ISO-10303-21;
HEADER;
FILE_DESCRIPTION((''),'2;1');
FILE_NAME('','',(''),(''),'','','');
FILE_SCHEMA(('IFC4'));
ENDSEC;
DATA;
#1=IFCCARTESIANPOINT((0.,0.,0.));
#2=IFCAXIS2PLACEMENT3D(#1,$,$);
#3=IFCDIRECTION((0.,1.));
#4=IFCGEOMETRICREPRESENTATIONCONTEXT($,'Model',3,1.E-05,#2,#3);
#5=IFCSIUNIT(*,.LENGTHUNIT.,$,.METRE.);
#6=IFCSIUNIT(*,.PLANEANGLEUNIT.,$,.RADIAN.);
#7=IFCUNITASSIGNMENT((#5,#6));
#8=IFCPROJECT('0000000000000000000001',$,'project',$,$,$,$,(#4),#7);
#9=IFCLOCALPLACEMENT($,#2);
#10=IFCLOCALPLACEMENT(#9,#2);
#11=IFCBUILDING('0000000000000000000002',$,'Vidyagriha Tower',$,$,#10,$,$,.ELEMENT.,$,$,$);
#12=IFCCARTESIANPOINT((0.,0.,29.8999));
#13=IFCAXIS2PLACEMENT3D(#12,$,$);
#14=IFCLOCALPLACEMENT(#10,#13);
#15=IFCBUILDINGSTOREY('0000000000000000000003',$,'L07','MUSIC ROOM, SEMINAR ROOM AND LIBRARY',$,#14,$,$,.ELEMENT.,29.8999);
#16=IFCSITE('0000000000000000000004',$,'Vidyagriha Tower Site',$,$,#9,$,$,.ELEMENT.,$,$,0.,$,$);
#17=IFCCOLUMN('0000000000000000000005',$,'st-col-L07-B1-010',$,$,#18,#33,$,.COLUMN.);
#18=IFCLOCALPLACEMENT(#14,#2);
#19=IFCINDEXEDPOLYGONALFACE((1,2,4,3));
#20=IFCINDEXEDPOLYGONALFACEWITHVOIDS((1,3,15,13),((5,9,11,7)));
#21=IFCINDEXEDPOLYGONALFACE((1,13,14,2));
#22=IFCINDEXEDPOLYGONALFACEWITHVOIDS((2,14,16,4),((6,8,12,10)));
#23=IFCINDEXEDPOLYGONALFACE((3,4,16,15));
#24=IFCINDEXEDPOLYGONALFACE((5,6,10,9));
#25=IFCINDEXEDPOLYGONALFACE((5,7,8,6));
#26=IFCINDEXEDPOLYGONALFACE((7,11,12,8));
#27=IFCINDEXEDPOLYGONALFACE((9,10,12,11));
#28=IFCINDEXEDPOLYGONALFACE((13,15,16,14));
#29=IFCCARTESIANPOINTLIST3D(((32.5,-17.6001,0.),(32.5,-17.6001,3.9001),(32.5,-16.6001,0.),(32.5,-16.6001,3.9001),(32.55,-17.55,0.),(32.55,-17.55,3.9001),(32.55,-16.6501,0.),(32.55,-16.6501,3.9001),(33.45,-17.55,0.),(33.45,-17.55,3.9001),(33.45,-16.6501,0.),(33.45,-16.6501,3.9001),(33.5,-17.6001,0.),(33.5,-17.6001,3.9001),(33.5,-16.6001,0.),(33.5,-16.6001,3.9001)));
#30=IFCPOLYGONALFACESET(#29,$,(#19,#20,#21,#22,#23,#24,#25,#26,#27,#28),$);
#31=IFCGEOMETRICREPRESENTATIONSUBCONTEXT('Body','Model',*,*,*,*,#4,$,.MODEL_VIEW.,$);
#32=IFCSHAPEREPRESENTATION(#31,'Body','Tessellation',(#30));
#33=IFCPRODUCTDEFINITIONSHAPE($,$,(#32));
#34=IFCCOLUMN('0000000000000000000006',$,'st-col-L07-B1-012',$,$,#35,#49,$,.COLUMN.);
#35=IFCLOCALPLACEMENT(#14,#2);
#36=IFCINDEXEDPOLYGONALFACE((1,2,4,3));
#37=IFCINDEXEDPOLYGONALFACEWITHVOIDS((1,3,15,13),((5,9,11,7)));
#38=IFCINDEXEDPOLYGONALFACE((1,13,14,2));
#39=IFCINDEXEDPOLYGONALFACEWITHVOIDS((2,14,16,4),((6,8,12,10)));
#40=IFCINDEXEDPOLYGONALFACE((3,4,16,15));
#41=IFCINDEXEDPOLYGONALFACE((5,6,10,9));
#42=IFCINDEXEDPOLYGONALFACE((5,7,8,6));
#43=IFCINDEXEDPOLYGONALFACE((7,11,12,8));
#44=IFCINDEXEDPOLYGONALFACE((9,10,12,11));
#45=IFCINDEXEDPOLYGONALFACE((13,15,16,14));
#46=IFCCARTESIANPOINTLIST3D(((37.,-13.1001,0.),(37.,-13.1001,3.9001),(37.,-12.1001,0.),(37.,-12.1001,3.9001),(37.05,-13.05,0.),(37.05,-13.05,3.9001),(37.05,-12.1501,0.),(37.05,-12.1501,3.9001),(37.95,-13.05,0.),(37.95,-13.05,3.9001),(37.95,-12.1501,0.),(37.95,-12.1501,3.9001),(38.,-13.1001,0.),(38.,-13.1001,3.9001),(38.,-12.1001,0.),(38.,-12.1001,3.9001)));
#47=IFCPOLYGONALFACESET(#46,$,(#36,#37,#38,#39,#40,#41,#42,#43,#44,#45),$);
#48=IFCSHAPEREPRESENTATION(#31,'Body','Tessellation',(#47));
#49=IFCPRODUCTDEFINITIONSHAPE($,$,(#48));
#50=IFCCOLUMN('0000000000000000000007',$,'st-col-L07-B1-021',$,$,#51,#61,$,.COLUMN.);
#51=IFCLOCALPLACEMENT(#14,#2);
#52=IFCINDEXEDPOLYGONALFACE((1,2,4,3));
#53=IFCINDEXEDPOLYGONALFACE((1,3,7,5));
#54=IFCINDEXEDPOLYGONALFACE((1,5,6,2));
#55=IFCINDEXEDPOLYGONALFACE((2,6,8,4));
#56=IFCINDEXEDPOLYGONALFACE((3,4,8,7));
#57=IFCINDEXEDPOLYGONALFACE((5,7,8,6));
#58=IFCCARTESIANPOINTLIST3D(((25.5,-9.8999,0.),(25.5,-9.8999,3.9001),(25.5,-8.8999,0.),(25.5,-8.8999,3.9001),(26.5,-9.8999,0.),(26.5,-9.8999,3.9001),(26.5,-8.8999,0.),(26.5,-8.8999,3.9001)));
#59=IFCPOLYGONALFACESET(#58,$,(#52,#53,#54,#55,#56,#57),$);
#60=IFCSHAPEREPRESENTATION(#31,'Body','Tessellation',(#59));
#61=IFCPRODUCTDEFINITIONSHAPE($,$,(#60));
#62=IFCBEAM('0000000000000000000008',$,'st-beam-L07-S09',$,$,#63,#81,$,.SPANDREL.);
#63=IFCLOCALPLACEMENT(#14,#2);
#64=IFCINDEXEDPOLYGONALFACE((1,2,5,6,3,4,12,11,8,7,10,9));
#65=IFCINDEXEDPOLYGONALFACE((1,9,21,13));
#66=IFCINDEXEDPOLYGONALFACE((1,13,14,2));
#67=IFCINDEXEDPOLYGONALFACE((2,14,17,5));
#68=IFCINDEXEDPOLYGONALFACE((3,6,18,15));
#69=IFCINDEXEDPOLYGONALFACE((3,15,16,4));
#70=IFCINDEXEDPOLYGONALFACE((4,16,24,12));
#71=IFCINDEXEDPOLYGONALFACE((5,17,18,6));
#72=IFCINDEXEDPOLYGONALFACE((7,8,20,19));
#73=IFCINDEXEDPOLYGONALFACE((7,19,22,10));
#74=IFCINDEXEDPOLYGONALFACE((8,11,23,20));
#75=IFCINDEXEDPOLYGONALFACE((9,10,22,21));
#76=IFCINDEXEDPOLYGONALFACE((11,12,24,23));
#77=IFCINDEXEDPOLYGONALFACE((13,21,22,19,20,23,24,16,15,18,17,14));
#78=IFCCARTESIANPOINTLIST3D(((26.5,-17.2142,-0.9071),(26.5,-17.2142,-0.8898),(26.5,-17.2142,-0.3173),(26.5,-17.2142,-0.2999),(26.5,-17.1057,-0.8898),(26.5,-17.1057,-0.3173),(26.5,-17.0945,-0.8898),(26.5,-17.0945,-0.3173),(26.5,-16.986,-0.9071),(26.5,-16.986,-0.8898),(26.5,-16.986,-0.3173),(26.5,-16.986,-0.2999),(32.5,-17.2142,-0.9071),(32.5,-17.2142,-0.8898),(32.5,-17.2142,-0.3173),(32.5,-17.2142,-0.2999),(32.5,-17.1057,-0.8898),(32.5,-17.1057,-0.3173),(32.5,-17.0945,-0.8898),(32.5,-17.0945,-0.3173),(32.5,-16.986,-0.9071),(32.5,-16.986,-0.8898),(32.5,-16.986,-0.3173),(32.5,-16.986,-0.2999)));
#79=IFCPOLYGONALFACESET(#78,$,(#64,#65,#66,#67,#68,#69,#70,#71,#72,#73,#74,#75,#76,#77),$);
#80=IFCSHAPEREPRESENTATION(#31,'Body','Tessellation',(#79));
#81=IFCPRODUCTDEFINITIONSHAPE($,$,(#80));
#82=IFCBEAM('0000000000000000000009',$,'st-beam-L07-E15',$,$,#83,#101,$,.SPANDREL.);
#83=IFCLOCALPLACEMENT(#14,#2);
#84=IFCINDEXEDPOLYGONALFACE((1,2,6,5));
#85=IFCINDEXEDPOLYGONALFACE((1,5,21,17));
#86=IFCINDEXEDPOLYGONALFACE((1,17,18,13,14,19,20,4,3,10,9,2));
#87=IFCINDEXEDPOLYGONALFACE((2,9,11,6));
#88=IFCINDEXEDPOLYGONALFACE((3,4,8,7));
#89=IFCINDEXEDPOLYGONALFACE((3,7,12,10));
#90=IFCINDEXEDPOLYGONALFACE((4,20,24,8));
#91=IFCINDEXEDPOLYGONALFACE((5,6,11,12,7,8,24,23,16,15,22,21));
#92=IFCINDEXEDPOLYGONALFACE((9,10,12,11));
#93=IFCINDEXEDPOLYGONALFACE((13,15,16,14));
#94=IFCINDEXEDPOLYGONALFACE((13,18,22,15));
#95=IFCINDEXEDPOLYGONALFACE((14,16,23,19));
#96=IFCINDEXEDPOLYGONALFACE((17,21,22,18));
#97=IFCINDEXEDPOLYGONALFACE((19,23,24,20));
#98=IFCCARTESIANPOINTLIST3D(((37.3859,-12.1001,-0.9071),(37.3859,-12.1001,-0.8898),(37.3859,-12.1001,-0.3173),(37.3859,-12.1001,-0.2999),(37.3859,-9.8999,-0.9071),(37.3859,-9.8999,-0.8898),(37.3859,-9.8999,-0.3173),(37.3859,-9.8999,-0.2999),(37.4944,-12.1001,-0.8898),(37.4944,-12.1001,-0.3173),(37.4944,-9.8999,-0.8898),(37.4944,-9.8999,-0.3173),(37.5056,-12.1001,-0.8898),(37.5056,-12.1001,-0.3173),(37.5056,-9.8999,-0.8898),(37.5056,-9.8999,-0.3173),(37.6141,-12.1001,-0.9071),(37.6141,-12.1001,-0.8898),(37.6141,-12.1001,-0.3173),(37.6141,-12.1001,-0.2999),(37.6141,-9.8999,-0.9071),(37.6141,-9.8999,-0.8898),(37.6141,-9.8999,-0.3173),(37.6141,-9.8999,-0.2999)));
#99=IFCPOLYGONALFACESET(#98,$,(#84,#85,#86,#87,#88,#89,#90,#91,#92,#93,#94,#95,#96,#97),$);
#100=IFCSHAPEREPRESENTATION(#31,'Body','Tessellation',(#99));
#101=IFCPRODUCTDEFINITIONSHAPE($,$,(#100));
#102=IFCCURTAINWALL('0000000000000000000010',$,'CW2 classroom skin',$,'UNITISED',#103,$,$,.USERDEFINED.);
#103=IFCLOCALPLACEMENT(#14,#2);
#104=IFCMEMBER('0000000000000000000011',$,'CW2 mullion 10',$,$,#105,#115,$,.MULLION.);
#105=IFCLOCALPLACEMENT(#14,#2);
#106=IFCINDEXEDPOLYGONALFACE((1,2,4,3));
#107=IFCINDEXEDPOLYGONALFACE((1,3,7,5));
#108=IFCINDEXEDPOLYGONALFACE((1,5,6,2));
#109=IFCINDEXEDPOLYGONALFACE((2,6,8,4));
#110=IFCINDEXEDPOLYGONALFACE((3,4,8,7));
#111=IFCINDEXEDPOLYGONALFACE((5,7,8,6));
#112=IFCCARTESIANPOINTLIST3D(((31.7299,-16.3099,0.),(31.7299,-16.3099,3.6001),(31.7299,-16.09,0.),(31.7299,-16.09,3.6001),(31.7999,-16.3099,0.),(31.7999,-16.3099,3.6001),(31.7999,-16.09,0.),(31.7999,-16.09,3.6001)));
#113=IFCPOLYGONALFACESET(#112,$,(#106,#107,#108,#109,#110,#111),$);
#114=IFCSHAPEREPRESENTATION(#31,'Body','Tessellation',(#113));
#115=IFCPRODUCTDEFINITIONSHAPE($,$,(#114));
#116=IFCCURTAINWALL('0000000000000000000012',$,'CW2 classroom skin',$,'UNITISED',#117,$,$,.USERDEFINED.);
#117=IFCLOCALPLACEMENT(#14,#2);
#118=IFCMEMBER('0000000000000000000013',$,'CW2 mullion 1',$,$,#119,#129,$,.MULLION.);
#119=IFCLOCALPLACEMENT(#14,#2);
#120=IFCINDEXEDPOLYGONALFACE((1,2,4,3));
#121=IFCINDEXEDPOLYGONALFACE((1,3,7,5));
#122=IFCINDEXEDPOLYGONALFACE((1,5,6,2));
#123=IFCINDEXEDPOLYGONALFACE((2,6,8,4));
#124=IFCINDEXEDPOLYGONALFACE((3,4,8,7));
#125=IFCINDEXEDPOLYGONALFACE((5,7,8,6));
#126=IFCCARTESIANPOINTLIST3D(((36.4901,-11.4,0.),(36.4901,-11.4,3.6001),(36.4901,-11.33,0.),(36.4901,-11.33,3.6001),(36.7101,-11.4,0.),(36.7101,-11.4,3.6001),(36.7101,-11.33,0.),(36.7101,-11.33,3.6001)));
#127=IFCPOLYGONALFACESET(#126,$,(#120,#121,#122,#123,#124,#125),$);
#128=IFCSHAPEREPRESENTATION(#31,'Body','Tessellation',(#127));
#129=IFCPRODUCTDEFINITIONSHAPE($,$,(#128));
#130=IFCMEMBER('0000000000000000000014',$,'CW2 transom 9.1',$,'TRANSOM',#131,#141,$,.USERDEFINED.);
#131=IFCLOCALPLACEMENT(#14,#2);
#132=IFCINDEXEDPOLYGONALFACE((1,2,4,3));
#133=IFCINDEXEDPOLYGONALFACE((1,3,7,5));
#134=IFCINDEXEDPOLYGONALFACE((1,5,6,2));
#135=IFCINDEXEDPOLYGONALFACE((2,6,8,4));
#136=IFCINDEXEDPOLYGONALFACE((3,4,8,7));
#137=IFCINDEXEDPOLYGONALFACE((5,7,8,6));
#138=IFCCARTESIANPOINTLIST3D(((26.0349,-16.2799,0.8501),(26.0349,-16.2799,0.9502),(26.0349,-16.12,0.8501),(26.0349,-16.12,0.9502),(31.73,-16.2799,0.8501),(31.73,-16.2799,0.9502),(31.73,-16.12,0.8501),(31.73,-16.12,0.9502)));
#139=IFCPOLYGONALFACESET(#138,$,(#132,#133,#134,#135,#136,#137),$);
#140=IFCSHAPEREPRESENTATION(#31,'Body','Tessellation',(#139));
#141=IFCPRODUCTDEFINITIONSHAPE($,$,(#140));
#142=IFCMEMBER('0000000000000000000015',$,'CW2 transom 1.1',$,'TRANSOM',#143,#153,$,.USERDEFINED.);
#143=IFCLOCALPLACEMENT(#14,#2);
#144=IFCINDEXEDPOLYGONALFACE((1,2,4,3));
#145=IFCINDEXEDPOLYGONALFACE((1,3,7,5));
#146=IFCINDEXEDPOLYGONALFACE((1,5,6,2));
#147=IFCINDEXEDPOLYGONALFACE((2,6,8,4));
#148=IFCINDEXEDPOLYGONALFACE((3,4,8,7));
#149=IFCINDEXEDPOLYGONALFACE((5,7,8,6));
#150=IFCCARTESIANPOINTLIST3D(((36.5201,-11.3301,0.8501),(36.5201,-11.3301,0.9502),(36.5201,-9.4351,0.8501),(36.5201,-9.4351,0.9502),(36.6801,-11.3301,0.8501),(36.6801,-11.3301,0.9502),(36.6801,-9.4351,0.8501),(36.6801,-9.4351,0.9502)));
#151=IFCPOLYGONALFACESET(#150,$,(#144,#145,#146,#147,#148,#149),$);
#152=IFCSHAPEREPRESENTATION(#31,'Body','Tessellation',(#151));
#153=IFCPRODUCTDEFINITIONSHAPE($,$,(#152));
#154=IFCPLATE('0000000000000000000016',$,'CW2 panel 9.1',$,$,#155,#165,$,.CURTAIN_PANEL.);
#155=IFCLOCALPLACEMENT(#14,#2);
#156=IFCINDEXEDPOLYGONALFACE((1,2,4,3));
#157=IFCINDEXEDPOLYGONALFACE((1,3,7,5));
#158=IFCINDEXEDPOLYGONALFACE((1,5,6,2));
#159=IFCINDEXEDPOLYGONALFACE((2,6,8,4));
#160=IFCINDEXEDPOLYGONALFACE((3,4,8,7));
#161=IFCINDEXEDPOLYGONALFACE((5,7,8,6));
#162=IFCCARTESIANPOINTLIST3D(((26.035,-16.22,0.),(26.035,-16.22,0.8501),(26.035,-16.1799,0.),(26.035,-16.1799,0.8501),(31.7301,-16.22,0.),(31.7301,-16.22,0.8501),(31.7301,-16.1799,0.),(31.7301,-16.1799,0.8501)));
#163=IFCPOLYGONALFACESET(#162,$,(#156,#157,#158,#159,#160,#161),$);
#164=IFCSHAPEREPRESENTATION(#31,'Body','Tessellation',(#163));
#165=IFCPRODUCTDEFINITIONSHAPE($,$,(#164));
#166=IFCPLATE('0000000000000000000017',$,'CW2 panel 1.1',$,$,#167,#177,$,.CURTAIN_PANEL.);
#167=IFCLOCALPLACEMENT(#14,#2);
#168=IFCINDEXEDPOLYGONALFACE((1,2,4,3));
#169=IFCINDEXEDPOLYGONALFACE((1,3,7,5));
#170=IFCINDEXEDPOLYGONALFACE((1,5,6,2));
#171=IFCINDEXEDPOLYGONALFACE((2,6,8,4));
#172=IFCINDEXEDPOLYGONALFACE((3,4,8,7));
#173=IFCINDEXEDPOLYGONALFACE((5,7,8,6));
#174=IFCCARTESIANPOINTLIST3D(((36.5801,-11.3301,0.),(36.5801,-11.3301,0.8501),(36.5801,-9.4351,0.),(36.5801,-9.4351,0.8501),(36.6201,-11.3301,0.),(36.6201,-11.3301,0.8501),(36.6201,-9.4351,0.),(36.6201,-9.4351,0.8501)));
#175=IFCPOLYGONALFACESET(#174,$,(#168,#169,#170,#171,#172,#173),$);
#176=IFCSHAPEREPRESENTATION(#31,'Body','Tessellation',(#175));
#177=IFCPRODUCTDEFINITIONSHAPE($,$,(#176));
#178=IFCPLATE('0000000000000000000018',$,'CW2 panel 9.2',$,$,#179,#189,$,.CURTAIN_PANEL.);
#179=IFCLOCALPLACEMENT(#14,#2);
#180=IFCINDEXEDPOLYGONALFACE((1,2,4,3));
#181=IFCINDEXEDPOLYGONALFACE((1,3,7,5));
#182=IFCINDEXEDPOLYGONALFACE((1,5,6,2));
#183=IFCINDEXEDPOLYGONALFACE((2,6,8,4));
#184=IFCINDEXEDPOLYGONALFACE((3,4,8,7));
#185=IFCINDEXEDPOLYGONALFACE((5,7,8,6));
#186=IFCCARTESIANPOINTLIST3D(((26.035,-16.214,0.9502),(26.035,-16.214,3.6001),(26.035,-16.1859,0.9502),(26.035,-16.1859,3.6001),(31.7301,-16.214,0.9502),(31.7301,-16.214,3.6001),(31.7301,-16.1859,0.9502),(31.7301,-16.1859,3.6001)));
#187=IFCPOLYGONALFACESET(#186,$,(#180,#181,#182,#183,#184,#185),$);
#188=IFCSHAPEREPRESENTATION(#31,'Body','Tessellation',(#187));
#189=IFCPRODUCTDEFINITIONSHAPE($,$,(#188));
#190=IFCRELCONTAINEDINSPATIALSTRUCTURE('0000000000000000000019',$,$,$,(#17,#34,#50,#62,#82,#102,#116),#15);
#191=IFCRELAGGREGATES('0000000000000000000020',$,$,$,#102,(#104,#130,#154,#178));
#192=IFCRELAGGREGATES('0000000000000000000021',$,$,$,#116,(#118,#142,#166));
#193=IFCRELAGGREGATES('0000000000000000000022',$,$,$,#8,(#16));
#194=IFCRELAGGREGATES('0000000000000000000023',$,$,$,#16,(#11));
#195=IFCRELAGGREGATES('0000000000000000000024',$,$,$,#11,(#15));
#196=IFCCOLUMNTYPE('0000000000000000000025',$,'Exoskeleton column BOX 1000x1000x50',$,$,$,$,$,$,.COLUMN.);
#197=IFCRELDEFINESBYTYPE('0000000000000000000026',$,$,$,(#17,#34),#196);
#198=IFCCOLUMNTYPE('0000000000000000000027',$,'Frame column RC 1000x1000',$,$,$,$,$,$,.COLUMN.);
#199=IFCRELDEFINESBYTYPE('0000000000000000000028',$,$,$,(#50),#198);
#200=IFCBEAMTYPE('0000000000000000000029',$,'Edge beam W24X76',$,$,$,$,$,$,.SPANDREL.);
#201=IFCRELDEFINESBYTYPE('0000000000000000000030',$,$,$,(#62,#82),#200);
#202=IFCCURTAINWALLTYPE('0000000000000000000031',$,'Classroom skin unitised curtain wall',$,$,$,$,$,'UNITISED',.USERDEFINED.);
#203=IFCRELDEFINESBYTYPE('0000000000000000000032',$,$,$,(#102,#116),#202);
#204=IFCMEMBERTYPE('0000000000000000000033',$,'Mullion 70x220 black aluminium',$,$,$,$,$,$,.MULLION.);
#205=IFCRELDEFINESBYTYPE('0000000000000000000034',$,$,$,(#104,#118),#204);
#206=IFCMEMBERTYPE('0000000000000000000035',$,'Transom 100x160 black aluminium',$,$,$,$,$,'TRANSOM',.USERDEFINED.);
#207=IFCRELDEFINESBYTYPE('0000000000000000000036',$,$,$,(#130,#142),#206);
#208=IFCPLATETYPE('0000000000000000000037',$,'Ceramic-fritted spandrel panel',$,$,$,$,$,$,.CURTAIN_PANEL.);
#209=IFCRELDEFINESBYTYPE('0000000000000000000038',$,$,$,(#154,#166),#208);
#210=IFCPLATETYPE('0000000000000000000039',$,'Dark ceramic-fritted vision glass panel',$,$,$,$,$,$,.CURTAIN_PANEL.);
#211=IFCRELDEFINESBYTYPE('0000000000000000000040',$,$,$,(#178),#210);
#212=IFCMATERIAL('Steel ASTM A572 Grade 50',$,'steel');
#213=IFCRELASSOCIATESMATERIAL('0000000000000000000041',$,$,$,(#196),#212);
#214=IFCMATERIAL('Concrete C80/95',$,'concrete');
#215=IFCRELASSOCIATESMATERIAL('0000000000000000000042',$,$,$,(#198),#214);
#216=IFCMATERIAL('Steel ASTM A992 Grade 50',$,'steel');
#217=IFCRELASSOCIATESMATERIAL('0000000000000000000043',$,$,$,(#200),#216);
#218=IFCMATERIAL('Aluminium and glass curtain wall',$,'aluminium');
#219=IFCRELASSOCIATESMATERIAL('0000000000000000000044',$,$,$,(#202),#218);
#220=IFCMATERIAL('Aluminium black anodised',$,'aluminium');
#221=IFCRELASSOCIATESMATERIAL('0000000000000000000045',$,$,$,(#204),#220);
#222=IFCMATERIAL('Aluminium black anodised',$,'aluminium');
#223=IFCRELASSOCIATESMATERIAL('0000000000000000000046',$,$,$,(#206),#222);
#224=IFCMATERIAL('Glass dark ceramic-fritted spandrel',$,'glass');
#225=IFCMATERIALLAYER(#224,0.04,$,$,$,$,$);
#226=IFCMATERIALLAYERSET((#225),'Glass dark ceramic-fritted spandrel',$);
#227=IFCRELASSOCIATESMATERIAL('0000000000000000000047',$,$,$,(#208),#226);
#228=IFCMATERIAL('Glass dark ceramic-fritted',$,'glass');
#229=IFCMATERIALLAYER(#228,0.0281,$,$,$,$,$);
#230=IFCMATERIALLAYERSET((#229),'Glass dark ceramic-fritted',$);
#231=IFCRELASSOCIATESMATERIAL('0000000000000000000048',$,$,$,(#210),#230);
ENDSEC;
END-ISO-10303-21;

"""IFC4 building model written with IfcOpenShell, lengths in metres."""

from ifc_helpers import new_model, si_unit, direction, frame, origin, origin_2d, place, context, subcontext, project, spatial, rectangle, hollow_rectangle, i_section, extrude, material, layer, layer_set, material_profile, profile_set, type_object, element, aggregate, save


model = new_model("IFC4")

# Units and contexts
model_context = context("Model", 3, precision=1e-05, world=origin(), true_north=direction((0.0, 1.0)))
body_context = subcontext(model_context, "Body", "Model", "MODEL_VIEW")
ifc_project = project(units=[si_unit("LENGTHUNIT", "METRE"), si_unit("PLANEANGLEUNIT", "RADIAN")], contexts=[model_context])

# Site, building, storey
site_placement = place(None, origin())
site = spatial("IfcSite", under=ifc_project, at=site_placement, Name="Vidyagriha Tower Site", CompositionType="ELEMENT", RefElevation=0.0)
building_placement = place(site_placement, origin())
building = spatial("IfcBuilding", under=site, at=building_placement, Name="Vidyagriha Tower", CompositionType="ELEMENT")
storey_placement = place(building_placement, frame((0.0, 0.0, 29.8999)))
storey = spatial("IfcBuildingStorey", under=building, at=storey_placement, Name="L07", Description="MUSIC ROOM, SEMINAR ROOM AND LIBRARY", CompositionType="ELEMENT", Elevation=29.8999)

# Columns
ifc_material_1 = material(Name="Steel ASTM A572 Grade 50", Category="steel")
ifc_material_profile_1 = material_profile(ifc_material_1, hollow_rectangle(XDim=1.0, YDim=1.0, WallThickness=0.05, at=origin_2d()), Name="BOX 1000x1000x50")
ifc_profile_set_1 = profile_set([ifc_material_profile_1], Name="Steel ASTM A572 Grade 50")
column_type_1 = type_object("IfcColumnType", Name="Exoskeleton column BOX 1000x1000x50", PredefinedType="COLUMN", material=ifc_profile_set_1)
for number, where, name in (
    (1, (33.0, -17.1001, 0.0), "st-col-L07-B1-010"),
    (2, (37.5, -12.6001, 0.0), "st-col-L07-B1-012"),
):
    element("IfcColumn", number, at=place(storey_placement, frame(where)), inside=storey, type_object=column_type_1, Name=name, PredefinedType="COLUMN", context=body_context, shape_type="SweptSolid", body=[
        extrude(hollow_rectangle(XDim=1.0, YDim=1.0, WallThickness=0.05, at=origin_2d()), origin(), (0.0, 0.0, 1.0), 3.9001),
    ])
ifc_material_2 = material(Name="Concrete C80/95", Category="concrete")
ifc_material_profile_2 = material_profile(ifc_material_2, rectangle(XDim=1.0, YDim=1.0, at=origin_2d()), Name="RC 1000x1000")
ifc_profile_set_2 = profile_set([ifc_material_profile_2], Name="Concrete C80/95")
column_type_2 = type_object("IfcColumnType", Name="Frame column RC 1000x1000", PredefinedType="COLUMN", material=ifc_profile_set_2)
column_placement = place(storey_placement, frame((26.0, -9.3999, 0.0)))
element("IfcColumn", 3, at=column_placement, inside=storey, type_object=column_type_2, Name="st-col-L07-B1-021", PredefinedType="COLUMN", context=body_context, shape_type="SweptSolid", body=[
    extrude(rectangle(XDim=1.0, YDim=1.0, at=origin_2d()), origin(), (0.0, 0.0, 1.0), 3.9001),
])

# Beams
ifc_material_3 = material(Name="Steel ASTM A992 Grade 50", Category="steel")
ifc_material_profile_3 = material_profile(ifc_material_3, i_section(OverallWidth=0.2283, OverallDepth=0.6072, WebThickness=0.0112, FlangeThickness=0.0173, at=origin_2d()), Name="W24X76")
ifc_profile_set_3 = profile_set([ifc_material_profile_3], Name="Steel ASTM A992 Grade 50")
beam_type = type_object("IfcBeamType", Name="Edge beam W24X76", PredefinedType="SPANDREL", material=ifc_profile_set_3)
beam_1_placement = place(storey_placement, frame((26.5, -17.1001, -0.6035), z_axis=(1.0, 0.0, 0.0), x_axis=(0.0, 1.0, 0.0)))
element("IfcBeam", 4, at=beam_1_placement, inside=storey, type_object=beam_type, Name="st-beam-L07-S09", PredefinedType="SPANDREL", context=body_context, shape_type="SweptSolid", body=[
    extrude(i_section(OverallWidth=0.2283, OverallDepth=0.6072, WebThickness=0.0112, FlangeThickness=0.0173, at=origin_2d()), origin(), (0.0, 0.0, 1.0), 6.0),
])
beam_2_placement = place(storey_placement, frame((37.5, -12.1001, -0.6035), z_axis=(0.0, 1.0, 0.0), x_axis=(-1.0, 0.0, 0.0)))
element("IfcBeam", 5, at=beam_2_placement, inside=storey, type_object=beam_type, Name="st-beam-L07-E15", PredefinedType="SPANDREL", context=body_context, shape_type="SweptSolid", body=[
    extrude(i_section(OverallWidth=0.2283, OverallDepth=0.6072, WebThickness=0.0112, FlangeThickness=0.0173, at=origin_2d()), origin(), (0.0, 0.0, 1.0), 2.2002),
])

# Curtain walls, members
ifc_material_4 = material(Name="Aluminium and glass curtain wall", Category="aluminium")
curtain_wall_type = type_object("IfcCurtainWallType", Name="Classroom skin unitised curtain wall", ElementType="UNITISED", PredefinedType="USERDEFINED", material=ifc_material_4)
curtain_wall_1_placement = place(storey_placement, origin())
curtain_wall_1 = element("IfcCurtainWall", 6, at=curtain_wall_1_placement, inside=storey, type_object=curtain_wall_type, Name="CW2 classroom skin", ObjectType="UNITISED", PredefinedType="USERDEFINED")
ifc_material_5 = material(Name="Aluminium black anodised", Category="aluminium")
ifc_material_profile_4 = material_profile(ifc_material_5, rectangle(XDim=0.22, YDim=0.0701, at=origin_2d()), Name="Mullion 70x220 black aluminium")
ifc_profile_set_4 = profile_set([ifc_material_profile_4], Name="Aluminium black anodised")
member_type_1 = type_object("IfcMemberType", Name="Mullion 70x220 black aluminium", PredefinedType="MULLION", material=ifc_profile_set_4)
member_1_placement = place(storey_placement, frame((31.7649, -16.2, 0.0), z_axis=(0.0, 0.0, 1.0), x_axis=(0.0, 1.0, 0.0)))
member_1 = element("IfcMember", 7, at=member_1_placement, type_object=member_type_1, Name="CW2 mullion 10", PredefinedType="MULLION", context=body_context, shape_type="SweptSolid", body=[
    extrude(rectangle(XDim=0.22, YDim=0.0701, at=origin_2d()), origin(), (0.0, 0.0, 1.0), 3.6001),
])
curtain_wall_2_placement = place(storey_placement, origin())
curtain_wall_2 = element("IfcCurtainWall", 8, at=curtain_wall_2_placement, inside=storey, type_object=curtain_wall_type, Name="CW2 classroom skin", ObjectType="UNITISED", PredefinedType="USERDEFINED")
member_2_placement = place(storey_placement, frame((36.6001, -11.365, 0.0), z_axis=(0.0, 0.0, 1.0), x_axis=(-1.0, 0.0, 0.0)))
member_2 = element("IfcMember", 9, at=member_2_placement, type_object=member_type_1, Name="CW2 mullion 1", PredefinedType="MULLION", context=body_context, shape_type="SweptSolid", body=[
    extrude(rectangle(XDim=0.22, YDim=0.0701, at=origin_2d()), origin(), (0.0, 0.0, 1.0), 3.6001),
])

# Members
ifc_material_6 = material(Name="Aluminium black anodised", Category="aluminium")
ifc_material_profile_5 = material_profile(ifc_material_6, rectangle(XDim=0.1599, YDim=0.1001, at=origin_2d()), Name="Transom 100x160 black aluminium")
ifc_profile_set_5 = profile_set([ifc_material_profile_5], Name="Aluminium black anodised")
member_type_2 = type_object("IfcMemberType", Name="Transom 100x160 black aluminium", ElementType="TRANSOM", PredefinedType="USERDEFINED", material=ifc_profile_set_5)
member_3_placement = place(storey_placement, frame((26.0349, -16.2, 0.9001), z_axis=(1.0, 0.0, 0.0), x_axis=(0.0, 1.0, 0.0)))
member_3 = element("IfcMember", 10, at=member_3_placement, type_object=member_type_2, Name="CW2 transom 9.1", ObjectType="TRANSOM", PredefinedType="USERDEFINED", context=body_context, shape_type="SweptSolid", body=[
    extrude(rectangle(XDim=0.1599, YDim=0.1001, at=origin_2d()), origin(), (0.0, 0.0, 1.0), 5.6951),
])
member_4_placement = place(storey_placement, frame((36.6001, -11.3301, 0.9001), z_axis=(0.0, 1.0, 0.0), x_axis=(-1.0, 0.0, 0.0)))
member_4 = element("IfcMember", 11, at=member_4_placement, type_object=member_type_2, Name="CW2 transom 1.1", ObjectType="TRANSOM", PredefinedType="USERDEFINED", context=body_context, shape_type="SweptSolid", body=[
    extrude(rectangle(XDim=0.1599, YDim=0.1001, at=origin_2d()), origin(), (0.0, 0.0, 1.0), 1.895),
])

# Plates
ifc_material_7 = material(Name="Glass dark ceramic-fritted spandrel", Category="glass")
ifc_layer_1 = layer(ifc_material_7, 0.04)
ifc_layer_set_1 = layer_set([ifc_layer_1], Name="Glass dark ceramic-fritted spandrel")
plate_type_1 = type_object("IfcPlateType", Name="Ceramic-fritted spandrel panel", PredefinedType="CURTAIN_PANEL", material=ifc_layer_set_1)
plate_1_placement = place(storey_placement, frame((28.8826, -16.2, 0.0)))
plate_1 = element("IfcPlate", 12, at=plate_1_placement, type_object=plate_type_1, Name="CW2 panel 9.1", PredefinedType="CURTAIN_PANEL", context=body_context, shape_type="SweptSolid", body=[
    extrude(rectangle(XDim=5.6951, YDim=0.04, at=origin_2d()), origin(), (0.0, 0.0, 1.0), 0.8501),
])
plate_2_placement = place(storey_placement, frame((36.6001, -10.3826, 0.0), z_axis=(0.0, 0.0, 1.0), x_axis=(0.0, 1.0, 0.0)))
plate_2 = element("IfcPlate", 13, at=plate_2_placement, type_object=plate_type_1, Name="CW2 panel 1.1", PredefinedType="CURTAIN_PANEL", context=body_context, shape_type="SweptSolid", body=[
    extrude(rectangle(XDim=1.895, YDim=0.04, at=origin_2d()), origin(), (0.0, 0.0, 1.0), 0.8501),
])
ifc_material_8 = material(Name="Glass dark ceramic-fritted", Category="glass")
ifc_layer_2 = layer(ifc_material_8, 0.0281)
ifc_layer_set_2 = layer_set([ifc_layer_2], Name="Glass dark ceramic-fritted")
plate_type_2 = type_object("IfcPlateType", Name="Dark ceramic-fritted vision glass panel", PredefinedType="CURTAIN_PANEL", material=ifc_layer_set_2)
plate_3_placement = place(storey_placement, frame((28.8826, -16.2, 0.9502)))
plate_3 = element("IfcPlate", 14, at=plate_3_placement, type_object=plate_type_2, Name="CW2 panel 9.2", PredefinedType="CURTAIN_PANEL", context=body_context, shape_type="SweptSolid", body=[
    extrude(rectangle(XDim=5.6951, YDim=0.0281, at=origin_2d()), origin(), (0.0, 0.0, 1.0), 2.6499),
])
aggregate(curtain_wall_1, [member_1, member_3, plate_1, plate_3])
aggregate(curtain_wall_2, [member_2, member_4, plate_2])

save(model, "model.ifc")
